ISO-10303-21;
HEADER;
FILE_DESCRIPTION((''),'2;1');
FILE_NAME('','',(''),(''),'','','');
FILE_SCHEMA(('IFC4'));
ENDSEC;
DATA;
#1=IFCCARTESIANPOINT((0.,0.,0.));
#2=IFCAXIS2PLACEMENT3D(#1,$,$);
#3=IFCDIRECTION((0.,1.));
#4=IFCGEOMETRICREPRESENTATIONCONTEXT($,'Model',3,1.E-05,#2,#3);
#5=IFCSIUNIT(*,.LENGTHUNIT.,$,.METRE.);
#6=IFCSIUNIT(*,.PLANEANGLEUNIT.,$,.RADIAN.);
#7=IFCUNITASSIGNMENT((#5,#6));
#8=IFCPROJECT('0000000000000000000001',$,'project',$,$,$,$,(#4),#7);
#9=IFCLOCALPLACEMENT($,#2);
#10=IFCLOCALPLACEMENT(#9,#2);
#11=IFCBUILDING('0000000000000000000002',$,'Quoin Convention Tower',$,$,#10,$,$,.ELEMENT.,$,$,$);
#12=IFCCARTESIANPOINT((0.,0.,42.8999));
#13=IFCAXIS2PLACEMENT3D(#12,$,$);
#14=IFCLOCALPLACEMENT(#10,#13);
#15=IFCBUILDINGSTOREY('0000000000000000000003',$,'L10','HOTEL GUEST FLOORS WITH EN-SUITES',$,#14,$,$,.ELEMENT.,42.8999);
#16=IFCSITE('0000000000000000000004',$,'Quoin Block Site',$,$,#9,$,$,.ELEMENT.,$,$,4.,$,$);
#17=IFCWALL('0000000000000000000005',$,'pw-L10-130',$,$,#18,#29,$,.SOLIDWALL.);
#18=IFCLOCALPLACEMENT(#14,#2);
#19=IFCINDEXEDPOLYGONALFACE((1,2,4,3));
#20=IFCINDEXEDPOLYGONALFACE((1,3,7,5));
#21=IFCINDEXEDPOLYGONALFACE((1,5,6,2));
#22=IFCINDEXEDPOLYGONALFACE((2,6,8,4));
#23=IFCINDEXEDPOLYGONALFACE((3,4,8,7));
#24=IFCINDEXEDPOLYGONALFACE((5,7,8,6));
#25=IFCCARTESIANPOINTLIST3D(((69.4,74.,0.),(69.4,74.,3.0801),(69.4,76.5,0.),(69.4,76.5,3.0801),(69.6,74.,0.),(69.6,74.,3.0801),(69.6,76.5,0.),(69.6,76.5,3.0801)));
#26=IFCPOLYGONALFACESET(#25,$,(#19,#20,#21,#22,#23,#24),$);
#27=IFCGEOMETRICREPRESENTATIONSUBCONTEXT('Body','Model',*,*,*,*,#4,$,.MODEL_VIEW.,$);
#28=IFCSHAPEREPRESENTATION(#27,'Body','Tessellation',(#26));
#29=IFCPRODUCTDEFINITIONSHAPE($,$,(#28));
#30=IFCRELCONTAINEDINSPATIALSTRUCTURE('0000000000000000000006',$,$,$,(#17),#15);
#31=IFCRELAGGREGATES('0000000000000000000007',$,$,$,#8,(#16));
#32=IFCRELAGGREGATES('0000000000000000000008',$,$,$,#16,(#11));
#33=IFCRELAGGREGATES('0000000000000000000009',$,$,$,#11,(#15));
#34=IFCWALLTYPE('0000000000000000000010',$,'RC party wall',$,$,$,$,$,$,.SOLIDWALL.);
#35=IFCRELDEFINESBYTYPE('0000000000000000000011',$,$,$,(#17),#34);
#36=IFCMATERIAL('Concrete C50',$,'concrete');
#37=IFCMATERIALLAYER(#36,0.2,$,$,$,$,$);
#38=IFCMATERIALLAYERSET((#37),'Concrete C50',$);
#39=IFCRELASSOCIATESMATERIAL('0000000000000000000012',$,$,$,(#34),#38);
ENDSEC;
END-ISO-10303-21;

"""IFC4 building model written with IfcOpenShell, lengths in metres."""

from ifc_helpers import new_model, si_unit, direction, frame, frame_2d, origin, place, context, subcontext, project, spatial, rectangle, extrude, material, layer, layer_set, type_object, element, save


model = new_model("IFC4")

# Units and contexts
model_context = context("Model", 3, precision=1e-05, world=origin(), true_north=direction((0.0, 1.0)))
body_context = subcontext(model_context, "Body", "Model", "MODEL_VIEW")
ifc_project = project(units=[si_unit("LENGTHUNIT", "METRE"), si_unit("PLANEANGLEUNIT", "RADIAN")], contexts=[model_context])

# Site, building, storey
site_placement = place(None, origin())
site = spatial("IfcSite", under=ifc_project, at=site_placement, Name="Quoin Block Site", CompositionType="ELEMENT", RefElevation=4.0)
building_placement = place(site_placement, origin())
building = spatial("IfcBuilding", under=site, at=building_placement, Name="Quoin Convention Tower", CompositionType="ELEMENT")
storey_placement = place(building_placement, frame((0.0, 0.0, 42.8999)))
storey = spatial("IfcBuildingStorey", under=building, at=storey_placement, Name="L10", Description="HOTEL GUEST FLOORS WITH EN-SUITES", CompositionType="ELEMENT", Elevation=42.8999)

# Shared definitions
ifc_material_1 = material(Name="Concrete C50", Category="concrete")
ifc_layer = layer(ifc_material_1, 0.2)
ifc_layer_set = layer_set([ifc_layer], Name="Concrete C50")
wall_type = type_object("IfcWallType", Name="RC party wall", PredefinedType="SOLIDWALL", material=ifc_layer_set)

# Wall
wall_1_placement = place(storey_placement, frame((69.5, 74.0, 0.0), z_axis=(0.0, 0.0, 1.0), x_axis=(0.0, 1.0, 0.0)))
element("IfcWall", 1, at=wall_1_placement, inside=storey, type_object=wall_type, Name="pw-L10-130", PredefinedType="SOLIDWALL", context=body_context, shape_type="SweptSolid", body=[
    extrude(rectangle(XDim=2.5, YDim=0.2, at=frame_2d((1.25, 0.0))), origin(), (0.0, 0.0, 1.0), 3.0801),
])

save(model, "model.ifc")
